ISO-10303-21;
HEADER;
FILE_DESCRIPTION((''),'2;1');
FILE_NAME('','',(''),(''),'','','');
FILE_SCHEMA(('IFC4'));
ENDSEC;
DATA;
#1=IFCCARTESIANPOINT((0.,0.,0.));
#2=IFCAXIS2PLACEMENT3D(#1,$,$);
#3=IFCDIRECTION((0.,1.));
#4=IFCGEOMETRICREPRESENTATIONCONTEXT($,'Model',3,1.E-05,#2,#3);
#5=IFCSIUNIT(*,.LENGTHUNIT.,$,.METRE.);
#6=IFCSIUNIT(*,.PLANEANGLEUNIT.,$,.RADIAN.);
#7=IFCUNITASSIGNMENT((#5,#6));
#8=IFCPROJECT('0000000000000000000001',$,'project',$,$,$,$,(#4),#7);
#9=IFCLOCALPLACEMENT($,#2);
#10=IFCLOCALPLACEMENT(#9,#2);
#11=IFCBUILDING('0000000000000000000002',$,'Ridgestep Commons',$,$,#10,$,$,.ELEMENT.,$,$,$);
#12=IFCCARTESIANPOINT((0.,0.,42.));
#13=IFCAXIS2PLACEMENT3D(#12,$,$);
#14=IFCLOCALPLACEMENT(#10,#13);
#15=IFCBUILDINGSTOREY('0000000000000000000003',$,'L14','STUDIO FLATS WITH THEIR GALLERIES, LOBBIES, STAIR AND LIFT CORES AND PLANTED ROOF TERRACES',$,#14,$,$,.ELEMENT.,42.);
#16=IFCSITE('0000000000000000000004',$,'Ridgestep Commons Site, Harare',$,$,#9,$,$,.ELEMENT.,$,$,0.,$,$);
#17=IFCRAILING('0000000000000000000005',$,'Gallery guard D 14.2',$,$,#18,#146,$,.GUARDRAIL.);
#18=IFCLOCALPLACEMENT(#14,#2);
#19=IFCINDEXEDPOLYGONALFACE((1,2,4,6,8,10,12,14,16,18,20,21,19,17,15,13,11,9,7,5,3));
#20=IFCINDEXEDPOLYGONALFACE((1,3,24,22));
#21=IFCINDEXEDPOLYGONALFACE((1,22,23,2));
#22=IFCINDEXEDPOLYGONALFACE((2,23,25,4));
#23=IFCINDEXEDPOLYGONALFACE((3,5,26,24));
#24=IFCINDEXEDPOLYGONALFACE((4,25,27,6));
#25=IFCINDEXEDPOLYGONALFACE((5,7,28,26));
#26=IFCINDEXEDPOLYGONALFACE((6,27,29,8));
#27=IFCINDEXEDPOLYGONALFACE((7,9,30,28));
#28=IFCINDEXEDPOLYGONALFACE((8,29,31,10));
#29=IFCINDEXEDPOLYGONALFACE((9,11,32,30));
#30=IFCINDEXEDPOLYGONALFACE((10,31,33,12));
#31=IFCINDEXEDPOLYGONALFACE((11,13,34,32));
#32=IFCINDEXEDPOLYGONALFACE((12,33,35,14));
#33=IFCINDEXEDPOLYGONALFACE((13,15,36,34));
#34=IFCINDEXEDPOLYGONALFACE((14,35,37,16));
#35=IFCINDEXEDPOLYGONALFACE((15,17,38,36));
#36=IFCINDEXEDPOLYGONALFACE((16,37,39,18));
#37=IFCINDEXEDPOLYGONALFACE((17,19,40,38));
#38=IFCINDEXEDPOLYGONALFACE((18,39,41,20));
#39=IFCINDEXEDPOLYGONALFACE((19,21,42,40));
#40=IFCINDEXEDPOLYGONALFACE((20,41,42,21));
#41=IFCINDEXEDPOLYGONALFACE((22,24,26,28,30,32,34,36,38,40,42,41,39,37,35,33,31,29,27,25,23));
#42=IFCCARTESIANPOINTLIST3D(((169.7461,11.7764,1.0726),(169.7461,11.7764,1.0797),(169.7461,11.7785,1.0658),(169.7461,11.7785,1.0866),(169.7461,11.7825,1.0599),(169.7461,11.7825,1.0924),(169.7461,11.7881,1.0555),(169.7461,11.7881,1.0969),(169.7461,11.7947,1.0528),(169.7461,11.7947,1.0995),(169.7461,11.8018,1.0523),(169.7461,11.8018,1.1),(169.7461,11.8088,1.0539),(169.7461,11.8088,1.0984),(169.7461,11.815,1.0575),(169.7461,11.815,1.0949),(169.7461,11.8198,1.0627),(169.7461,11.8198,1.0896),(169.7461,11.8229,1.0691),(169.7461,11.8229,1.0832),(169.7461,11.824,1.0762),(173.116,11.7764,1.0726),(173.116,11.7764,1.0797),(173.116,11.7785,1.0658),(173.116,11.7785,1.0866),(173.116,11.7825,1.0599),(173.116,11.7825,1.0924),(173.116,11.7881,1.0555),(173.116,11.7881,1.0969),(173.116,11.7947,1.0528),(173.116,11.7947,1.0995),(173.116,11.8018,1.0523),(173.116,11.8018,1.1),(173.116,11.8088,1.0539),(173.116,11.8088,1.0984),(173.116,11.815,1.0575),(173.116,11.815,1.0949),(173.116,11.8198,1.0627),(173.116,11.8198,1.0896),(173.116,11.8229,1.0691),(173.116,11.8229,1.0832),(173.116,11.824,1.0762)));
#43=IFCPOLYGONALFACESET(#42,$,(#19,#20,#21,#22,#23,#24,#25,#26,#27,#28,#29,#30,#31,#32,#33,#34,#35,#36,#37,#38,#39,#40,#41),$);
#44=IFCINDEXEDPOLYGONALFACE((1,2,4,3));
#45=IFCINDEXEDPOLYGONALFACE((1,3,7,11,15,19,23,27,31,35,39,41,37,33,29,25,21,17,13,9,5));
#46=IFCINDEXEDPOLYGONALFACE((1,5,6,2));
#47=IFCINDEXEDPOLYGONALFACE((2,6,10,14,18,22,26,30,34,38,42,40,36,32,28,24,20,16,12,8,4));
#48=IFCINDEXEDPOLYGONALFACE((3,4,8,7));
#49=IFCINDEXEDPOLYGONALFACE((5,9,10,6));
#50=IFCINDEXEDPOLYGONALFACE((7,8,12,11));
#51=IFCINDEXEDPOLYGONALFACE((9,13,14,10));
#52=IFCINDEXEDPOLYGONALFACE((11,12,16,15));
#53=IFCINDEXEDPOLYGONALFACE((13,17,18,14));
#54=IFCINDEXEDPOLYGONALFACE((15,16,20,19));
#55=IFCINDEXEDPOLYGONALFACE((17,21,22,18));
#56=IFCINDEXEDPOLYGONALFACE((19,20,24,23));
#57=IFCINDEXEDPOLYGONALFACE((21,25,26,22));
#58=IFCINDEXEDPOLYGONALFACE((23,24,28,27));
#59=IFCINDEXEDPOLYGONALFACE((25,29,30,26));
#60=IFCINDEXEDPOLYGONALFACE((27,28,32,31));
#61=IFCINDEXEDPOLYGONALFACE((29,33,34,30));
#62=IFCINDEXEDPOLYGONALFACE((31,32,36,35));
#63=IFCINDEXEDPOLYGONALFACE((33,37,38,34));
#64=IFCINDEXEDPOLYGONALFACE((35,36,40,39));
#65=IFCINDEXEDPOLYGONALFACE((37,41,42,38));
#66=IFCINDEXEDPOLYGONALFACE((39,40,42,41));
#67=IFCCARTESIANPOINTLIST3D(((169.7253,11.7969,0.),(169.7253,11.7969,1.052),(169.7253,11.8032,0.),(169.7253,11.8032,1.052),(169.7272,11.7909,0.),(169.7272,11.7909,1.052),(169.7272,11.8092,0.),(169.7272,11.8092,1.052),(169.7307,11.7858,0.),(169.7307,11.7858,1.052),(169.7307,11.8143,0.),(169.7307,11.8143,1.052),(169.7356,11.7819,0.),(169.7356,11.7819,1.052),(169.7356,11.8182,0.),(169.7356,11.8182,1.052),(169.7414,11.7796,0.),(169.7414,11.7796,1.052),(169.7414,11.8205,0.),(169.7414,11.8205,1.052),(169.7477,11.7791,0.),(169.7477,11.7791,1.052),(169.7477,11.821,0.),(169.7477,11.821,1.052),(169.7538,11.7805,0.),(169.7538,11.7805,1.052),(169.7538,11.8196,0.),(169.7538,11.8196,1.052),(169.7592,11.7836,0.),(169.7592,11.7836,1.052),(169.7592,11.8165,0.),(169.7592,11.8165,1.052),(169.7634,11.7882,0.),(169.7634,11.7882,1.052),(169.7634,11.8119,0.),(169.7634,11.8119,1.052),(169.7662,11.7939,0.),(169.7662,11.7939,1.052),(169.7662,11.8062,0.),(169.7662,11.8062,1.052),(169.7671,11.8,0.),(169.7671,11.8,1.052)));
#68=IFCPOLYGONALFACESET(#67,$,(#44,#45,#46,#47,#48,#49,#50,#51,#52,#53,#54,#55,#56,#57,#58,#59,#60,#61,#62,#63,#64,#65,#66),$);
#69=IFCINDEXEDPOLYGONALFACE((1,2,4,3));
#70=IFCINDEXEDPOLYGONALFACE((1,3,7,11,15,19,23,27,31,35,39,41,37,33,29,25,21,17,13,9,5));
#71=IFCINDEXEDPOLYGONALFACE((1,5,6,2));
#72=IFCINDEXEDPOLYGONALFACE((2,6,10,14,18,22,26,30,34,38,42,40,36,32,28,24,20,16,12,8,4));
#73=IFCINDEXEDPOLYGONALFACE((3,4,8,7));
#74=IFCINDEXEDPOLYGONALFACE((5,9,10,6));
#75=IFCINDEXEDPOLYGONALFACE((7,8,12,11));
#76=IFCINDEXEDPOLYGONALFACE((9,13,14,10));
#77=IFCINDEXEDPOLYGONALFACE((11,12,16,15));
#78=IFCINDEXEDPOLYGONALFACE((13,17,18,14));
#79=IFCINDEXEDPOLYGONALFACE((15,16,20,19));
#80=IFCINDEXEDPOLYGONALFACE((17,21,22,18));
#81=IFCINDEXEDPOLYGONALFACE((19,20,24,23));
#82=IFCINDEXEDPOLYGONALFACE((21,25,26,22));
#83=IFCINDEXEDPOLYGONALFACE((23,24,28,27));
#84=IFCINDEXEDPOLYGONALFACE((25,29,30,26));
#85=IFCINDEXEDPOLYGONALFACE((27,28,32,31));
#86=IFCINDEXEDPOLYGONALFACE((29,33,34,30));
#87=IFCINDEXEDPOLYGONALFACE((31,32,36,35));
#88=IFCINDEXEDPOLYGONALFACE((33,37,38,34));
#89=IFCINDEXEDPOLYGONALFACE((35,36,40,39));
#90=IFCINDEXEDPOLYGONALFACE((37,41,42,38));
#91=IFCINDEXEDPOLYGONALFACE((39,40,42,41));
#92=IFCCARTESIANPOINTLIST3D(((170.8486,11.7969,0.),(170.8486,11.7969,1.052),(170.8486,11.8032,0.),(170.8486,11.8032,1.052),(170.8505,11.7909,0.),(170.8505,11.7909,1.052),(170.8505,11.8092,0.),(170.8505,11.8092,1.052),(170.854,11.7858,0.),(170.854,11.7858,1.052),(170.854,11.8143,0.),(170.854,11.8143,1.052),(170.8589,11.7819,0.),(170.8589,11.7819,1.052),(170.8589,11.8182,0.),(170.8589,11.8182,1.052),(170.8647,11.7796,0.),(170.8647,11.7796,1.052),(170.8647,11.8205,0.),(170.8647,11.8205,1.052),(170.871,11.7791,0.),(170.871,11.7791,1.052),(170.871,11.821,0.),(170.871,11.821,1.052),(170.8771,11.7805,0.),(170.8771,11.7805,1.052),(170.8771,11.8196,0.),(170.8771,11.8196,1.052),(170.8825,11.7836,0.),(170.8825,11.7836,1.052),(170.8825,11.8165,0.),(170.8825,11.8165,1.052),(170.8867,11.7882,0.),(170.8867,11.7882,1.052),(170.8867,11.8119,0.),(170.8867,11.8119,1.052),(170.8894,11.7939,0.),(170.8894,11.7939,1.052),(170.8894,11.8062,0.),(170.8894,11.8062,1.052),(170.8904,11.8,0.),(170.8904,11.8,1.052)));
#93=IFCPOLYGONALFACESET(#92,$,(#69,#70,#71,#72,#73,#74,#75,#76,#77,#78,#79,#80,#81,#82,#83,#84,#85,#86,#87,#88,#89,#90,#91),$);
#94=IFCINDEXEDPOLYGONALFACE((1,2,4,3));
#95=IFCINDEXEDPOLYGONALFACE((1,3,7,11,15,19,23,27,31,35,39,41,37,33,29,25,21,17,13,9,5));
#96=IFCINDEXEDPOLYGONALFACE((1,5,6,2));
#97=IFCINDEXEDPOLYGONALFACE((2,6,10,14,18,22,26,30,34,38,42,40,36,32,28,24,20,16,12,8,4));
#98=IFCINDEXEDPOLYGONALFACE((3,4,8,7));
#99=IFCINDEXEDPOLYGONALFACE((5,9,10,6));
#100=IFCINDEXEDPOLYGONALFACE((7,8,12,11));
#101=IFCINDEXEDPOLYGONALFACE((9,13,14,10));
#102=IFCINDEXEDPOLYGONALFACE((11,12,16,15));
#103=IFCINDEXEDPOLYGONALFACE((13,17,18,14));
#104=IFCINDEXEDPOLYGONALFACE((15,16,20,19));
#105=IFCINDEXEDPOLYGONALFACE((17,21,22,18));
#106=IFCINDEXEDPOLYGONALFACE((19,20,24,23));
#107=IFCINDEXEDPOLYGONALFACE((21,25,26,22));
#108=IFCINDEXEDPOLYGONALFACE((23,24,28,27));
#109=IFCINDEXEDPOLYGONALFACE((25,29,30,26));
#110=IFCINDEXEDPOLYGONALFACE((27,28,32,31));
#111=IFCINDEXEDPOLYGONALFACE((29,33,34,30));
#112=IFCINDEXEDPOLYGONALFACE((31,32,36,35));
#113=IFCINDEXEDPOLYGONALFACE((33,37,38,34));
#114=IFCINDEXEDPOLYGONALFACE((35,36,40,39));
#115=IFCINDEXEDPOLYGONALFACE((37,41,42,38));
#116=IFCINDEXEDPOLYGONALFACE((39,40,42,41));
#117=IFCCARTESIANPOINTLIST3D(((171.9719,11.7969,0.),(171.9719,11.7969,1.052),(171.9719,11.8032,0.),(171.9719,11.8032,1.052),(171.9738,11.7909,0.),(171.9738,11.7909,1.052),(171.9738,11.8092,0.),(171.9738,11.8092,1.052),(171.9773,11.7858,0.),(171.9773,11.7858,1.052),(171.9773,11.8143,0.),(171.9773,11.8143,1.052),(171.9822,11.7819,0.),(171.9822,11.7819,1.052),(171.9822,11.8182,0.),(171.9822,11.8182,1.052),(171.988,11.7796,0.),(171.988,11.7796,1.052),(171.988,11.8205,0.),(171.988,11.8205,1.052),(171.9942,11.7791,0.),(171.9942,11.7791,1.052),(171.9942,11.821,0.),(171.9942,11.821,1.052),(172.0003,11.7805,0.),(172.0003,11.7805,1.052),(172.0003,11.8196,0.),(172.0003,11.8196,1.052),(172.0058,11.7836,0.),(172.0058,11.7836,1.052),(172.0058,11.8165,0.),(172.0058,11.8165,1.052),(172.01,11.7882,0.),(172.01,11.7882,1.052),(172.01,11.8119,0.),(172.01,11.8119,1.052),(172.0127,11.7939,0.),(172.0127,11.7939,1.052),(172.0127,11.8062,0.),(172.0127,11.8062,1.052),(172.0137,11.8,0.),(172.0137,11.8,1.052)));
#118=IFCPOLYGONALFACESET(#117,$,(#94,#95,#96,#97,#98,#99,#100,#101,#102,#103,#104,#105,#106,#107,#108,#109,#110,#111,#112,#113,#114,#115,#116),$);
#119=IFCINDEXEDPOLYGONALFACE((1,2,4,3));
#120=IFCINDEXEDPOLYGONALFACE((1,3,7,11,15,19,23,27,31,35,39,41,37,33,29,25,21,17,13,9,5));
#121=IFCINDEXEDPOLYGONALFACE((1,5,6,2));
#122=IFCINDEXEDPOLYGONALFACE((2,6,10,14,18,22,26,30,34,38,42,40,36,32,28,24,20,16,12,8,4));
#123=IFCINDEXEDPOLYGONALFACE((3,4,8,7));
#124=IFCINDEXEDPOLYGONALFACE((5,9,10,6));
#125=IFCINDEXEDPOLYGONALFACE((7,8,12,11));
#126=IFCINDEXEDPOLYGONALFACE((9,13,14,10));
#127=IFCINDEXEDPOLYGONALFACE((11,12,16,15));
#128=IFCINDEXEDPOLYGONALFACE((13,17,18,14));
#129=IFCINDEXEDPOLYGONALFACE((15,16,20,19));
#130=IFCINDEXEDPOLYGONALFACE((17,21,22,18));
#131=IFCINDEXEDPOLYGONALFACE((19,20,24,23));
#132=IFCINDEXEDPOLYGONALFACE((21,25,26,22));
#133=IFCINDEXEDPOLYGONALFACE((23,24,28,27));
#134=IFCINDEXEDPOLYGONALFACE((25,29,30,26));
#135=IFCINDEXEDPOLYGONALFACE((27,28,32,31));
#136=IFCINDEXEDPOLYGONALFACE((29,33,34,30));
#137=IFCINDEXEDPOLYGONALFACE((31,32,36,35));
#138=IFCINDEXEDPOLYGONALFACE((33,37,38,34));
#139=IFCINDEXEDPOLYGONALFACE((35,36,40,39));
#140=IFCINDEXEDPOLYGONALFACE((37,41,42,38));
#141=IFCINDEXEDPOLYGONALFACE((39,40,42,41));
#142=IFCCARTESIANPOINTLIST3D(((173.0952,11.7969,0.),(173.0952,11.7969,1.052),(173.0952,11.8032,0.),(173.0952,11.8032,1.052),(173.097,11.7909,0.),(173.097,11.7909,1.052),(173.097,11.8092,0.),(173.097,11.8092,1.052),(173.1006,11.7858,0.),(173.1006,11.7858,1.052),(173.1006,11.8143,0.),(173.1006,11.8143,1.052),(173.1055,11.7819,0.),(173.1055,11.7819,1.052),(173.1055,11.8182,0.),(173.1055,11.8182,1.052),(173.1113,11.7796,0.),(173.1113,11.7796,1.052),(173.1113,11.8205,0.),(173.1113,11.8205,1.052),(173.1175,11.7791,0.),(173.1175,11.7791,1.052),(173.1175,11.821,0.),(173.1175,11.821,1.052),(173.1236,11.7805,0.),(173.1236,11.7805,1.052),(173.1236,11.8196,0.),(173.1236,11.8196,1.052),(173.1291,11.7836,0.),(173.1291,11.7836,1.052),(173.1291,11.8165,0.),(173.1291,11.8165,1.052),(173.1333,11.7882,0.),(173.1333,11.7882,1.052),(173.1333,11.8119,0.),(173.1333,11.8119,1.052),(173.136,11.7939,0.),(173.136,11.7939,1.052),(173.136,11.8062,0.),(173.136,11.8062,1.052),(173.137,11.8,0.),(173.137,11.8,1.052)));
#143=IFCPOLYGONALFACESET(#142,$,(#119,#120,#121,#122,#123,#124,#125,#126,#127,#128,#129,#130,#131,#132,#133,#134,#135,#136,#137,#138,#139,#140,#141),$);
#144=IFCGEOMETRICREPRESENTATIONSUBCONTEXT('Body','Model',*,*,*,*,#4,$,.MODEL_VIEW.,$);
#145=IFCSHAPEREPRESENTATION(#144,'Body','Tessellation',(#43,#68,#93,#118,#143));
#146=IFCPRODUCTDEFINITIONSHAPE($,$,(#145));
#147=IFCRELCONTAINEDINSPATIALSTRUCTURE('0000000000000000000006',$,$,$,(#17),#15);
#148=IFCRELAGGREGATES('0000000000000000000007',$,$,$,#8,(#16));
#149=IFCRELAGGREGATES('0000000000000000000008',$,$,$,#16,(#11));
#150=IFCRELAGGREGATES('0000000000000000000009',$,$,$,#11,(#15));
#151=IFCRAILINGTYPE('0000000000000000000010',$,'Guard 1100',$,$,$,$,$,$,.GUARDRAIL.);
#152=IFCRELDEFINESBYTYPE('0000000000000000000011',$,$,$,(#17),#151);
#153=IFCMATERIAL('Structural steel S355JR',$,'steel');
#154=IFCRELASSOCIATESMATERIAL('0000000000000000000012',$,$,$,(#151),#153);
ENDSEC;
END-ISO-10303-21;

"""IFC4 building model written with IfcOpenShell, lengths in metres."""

from ifc_helpers import new_model, si_unit, direction, frame, origin, origin_2d, place, context, subcontext, project, spatial, circle, extrude, material, type_object, element, save


model = new_model("IFC4")

# Units and contexts
model_context = context("Model", 3, precision=1e-05, world=origin(), true_north=direction((0.0, 1.0)))
body_context = subcontext(model_context, "Body", "Model", "MODEL_VIEW")
ifc_project = project(units=[si_unit("LENGTHUNIT", "METRE"), si_unit("PLANEANGLEUNIT", "RADIAN")], contexts=[model_context])

# Site, building, storey
site_placement = place(None, origin())
site = spatial("IfcSite", under=ifc_project, at=site_placement, Name="Ridgestep Commons Site, Harare", CompositionType="ELEMENT", RefElevation=0.0)
building_placement = place(site_placement, origin())
building = spatial("IfcBuilding", under=site, at=building_placement, Name="Ridgestep Commons", CompositionType="ELEMENT")
storey_placement = place(building_placement, frame((0.0, 0.0, 42.0)))
storey = spatial("IfcBuildingStorey", under=building, at=storey_placement, Name="L14", Description="STUDIO FLATS WITH THEIR GALLERIES, LOBBIES, STAIR AND LIFT CORES AND PLANTED ROOF TERRACES", CompositionType="ELEMENT", Elevation=42.0)

# Railing
ifc_material_1 = material(Name="Structural steel S355JR", Category="steel")
railing_type_1 = type_object("IfcRailingType", Name="Guard 1100", PredefinedType="GUARDRAIL", material=ifc_material_1)
railing_1_placement = place(storey_placement, frame((169.7461, 11.8, 0.0)))
element("IfcRailing", 1, at=railing_1_placement, inside=storey, type_object=railing_type_1, Name="Gallery guard D 14.2", PredefinedType="GUARDRAIL", context=body_context, shape_type="SweptSolid", body=[
    extrude(circle(Radius=0.0239, at=origin_2d()), frame((0.0, 0.0, 1.0762), z_axis=(1.0, 0.0, 0.0), x_axis=(0.0, 1.0, 0.0)), (0.0, 0.0, 1.0), 3.3699),
    extrude(circle(Radius=0.021, at=origin_2d()), origin(), (0.0, 0.0, 1.0), 1.052),
    extrude(circle(Radius=0.021, at=origin_2d()), frame((1.1233, 0.0, 0.0)), (0.0, 0.0, 1.0), 1.052),
    extrude(circle(Radius=0.021, at=origin_2d()), frame((2.2466, 0.0, 0.0)), (0.0, 0.0, 1.0), 1.052),
    extrude(circle(Radius=0.021, at=origin_2d()), frame((3.3699, 0.0, 0.0)), (0.0, 0.0, 1.0), 1.052),
])

save(model, "model.ifc")
